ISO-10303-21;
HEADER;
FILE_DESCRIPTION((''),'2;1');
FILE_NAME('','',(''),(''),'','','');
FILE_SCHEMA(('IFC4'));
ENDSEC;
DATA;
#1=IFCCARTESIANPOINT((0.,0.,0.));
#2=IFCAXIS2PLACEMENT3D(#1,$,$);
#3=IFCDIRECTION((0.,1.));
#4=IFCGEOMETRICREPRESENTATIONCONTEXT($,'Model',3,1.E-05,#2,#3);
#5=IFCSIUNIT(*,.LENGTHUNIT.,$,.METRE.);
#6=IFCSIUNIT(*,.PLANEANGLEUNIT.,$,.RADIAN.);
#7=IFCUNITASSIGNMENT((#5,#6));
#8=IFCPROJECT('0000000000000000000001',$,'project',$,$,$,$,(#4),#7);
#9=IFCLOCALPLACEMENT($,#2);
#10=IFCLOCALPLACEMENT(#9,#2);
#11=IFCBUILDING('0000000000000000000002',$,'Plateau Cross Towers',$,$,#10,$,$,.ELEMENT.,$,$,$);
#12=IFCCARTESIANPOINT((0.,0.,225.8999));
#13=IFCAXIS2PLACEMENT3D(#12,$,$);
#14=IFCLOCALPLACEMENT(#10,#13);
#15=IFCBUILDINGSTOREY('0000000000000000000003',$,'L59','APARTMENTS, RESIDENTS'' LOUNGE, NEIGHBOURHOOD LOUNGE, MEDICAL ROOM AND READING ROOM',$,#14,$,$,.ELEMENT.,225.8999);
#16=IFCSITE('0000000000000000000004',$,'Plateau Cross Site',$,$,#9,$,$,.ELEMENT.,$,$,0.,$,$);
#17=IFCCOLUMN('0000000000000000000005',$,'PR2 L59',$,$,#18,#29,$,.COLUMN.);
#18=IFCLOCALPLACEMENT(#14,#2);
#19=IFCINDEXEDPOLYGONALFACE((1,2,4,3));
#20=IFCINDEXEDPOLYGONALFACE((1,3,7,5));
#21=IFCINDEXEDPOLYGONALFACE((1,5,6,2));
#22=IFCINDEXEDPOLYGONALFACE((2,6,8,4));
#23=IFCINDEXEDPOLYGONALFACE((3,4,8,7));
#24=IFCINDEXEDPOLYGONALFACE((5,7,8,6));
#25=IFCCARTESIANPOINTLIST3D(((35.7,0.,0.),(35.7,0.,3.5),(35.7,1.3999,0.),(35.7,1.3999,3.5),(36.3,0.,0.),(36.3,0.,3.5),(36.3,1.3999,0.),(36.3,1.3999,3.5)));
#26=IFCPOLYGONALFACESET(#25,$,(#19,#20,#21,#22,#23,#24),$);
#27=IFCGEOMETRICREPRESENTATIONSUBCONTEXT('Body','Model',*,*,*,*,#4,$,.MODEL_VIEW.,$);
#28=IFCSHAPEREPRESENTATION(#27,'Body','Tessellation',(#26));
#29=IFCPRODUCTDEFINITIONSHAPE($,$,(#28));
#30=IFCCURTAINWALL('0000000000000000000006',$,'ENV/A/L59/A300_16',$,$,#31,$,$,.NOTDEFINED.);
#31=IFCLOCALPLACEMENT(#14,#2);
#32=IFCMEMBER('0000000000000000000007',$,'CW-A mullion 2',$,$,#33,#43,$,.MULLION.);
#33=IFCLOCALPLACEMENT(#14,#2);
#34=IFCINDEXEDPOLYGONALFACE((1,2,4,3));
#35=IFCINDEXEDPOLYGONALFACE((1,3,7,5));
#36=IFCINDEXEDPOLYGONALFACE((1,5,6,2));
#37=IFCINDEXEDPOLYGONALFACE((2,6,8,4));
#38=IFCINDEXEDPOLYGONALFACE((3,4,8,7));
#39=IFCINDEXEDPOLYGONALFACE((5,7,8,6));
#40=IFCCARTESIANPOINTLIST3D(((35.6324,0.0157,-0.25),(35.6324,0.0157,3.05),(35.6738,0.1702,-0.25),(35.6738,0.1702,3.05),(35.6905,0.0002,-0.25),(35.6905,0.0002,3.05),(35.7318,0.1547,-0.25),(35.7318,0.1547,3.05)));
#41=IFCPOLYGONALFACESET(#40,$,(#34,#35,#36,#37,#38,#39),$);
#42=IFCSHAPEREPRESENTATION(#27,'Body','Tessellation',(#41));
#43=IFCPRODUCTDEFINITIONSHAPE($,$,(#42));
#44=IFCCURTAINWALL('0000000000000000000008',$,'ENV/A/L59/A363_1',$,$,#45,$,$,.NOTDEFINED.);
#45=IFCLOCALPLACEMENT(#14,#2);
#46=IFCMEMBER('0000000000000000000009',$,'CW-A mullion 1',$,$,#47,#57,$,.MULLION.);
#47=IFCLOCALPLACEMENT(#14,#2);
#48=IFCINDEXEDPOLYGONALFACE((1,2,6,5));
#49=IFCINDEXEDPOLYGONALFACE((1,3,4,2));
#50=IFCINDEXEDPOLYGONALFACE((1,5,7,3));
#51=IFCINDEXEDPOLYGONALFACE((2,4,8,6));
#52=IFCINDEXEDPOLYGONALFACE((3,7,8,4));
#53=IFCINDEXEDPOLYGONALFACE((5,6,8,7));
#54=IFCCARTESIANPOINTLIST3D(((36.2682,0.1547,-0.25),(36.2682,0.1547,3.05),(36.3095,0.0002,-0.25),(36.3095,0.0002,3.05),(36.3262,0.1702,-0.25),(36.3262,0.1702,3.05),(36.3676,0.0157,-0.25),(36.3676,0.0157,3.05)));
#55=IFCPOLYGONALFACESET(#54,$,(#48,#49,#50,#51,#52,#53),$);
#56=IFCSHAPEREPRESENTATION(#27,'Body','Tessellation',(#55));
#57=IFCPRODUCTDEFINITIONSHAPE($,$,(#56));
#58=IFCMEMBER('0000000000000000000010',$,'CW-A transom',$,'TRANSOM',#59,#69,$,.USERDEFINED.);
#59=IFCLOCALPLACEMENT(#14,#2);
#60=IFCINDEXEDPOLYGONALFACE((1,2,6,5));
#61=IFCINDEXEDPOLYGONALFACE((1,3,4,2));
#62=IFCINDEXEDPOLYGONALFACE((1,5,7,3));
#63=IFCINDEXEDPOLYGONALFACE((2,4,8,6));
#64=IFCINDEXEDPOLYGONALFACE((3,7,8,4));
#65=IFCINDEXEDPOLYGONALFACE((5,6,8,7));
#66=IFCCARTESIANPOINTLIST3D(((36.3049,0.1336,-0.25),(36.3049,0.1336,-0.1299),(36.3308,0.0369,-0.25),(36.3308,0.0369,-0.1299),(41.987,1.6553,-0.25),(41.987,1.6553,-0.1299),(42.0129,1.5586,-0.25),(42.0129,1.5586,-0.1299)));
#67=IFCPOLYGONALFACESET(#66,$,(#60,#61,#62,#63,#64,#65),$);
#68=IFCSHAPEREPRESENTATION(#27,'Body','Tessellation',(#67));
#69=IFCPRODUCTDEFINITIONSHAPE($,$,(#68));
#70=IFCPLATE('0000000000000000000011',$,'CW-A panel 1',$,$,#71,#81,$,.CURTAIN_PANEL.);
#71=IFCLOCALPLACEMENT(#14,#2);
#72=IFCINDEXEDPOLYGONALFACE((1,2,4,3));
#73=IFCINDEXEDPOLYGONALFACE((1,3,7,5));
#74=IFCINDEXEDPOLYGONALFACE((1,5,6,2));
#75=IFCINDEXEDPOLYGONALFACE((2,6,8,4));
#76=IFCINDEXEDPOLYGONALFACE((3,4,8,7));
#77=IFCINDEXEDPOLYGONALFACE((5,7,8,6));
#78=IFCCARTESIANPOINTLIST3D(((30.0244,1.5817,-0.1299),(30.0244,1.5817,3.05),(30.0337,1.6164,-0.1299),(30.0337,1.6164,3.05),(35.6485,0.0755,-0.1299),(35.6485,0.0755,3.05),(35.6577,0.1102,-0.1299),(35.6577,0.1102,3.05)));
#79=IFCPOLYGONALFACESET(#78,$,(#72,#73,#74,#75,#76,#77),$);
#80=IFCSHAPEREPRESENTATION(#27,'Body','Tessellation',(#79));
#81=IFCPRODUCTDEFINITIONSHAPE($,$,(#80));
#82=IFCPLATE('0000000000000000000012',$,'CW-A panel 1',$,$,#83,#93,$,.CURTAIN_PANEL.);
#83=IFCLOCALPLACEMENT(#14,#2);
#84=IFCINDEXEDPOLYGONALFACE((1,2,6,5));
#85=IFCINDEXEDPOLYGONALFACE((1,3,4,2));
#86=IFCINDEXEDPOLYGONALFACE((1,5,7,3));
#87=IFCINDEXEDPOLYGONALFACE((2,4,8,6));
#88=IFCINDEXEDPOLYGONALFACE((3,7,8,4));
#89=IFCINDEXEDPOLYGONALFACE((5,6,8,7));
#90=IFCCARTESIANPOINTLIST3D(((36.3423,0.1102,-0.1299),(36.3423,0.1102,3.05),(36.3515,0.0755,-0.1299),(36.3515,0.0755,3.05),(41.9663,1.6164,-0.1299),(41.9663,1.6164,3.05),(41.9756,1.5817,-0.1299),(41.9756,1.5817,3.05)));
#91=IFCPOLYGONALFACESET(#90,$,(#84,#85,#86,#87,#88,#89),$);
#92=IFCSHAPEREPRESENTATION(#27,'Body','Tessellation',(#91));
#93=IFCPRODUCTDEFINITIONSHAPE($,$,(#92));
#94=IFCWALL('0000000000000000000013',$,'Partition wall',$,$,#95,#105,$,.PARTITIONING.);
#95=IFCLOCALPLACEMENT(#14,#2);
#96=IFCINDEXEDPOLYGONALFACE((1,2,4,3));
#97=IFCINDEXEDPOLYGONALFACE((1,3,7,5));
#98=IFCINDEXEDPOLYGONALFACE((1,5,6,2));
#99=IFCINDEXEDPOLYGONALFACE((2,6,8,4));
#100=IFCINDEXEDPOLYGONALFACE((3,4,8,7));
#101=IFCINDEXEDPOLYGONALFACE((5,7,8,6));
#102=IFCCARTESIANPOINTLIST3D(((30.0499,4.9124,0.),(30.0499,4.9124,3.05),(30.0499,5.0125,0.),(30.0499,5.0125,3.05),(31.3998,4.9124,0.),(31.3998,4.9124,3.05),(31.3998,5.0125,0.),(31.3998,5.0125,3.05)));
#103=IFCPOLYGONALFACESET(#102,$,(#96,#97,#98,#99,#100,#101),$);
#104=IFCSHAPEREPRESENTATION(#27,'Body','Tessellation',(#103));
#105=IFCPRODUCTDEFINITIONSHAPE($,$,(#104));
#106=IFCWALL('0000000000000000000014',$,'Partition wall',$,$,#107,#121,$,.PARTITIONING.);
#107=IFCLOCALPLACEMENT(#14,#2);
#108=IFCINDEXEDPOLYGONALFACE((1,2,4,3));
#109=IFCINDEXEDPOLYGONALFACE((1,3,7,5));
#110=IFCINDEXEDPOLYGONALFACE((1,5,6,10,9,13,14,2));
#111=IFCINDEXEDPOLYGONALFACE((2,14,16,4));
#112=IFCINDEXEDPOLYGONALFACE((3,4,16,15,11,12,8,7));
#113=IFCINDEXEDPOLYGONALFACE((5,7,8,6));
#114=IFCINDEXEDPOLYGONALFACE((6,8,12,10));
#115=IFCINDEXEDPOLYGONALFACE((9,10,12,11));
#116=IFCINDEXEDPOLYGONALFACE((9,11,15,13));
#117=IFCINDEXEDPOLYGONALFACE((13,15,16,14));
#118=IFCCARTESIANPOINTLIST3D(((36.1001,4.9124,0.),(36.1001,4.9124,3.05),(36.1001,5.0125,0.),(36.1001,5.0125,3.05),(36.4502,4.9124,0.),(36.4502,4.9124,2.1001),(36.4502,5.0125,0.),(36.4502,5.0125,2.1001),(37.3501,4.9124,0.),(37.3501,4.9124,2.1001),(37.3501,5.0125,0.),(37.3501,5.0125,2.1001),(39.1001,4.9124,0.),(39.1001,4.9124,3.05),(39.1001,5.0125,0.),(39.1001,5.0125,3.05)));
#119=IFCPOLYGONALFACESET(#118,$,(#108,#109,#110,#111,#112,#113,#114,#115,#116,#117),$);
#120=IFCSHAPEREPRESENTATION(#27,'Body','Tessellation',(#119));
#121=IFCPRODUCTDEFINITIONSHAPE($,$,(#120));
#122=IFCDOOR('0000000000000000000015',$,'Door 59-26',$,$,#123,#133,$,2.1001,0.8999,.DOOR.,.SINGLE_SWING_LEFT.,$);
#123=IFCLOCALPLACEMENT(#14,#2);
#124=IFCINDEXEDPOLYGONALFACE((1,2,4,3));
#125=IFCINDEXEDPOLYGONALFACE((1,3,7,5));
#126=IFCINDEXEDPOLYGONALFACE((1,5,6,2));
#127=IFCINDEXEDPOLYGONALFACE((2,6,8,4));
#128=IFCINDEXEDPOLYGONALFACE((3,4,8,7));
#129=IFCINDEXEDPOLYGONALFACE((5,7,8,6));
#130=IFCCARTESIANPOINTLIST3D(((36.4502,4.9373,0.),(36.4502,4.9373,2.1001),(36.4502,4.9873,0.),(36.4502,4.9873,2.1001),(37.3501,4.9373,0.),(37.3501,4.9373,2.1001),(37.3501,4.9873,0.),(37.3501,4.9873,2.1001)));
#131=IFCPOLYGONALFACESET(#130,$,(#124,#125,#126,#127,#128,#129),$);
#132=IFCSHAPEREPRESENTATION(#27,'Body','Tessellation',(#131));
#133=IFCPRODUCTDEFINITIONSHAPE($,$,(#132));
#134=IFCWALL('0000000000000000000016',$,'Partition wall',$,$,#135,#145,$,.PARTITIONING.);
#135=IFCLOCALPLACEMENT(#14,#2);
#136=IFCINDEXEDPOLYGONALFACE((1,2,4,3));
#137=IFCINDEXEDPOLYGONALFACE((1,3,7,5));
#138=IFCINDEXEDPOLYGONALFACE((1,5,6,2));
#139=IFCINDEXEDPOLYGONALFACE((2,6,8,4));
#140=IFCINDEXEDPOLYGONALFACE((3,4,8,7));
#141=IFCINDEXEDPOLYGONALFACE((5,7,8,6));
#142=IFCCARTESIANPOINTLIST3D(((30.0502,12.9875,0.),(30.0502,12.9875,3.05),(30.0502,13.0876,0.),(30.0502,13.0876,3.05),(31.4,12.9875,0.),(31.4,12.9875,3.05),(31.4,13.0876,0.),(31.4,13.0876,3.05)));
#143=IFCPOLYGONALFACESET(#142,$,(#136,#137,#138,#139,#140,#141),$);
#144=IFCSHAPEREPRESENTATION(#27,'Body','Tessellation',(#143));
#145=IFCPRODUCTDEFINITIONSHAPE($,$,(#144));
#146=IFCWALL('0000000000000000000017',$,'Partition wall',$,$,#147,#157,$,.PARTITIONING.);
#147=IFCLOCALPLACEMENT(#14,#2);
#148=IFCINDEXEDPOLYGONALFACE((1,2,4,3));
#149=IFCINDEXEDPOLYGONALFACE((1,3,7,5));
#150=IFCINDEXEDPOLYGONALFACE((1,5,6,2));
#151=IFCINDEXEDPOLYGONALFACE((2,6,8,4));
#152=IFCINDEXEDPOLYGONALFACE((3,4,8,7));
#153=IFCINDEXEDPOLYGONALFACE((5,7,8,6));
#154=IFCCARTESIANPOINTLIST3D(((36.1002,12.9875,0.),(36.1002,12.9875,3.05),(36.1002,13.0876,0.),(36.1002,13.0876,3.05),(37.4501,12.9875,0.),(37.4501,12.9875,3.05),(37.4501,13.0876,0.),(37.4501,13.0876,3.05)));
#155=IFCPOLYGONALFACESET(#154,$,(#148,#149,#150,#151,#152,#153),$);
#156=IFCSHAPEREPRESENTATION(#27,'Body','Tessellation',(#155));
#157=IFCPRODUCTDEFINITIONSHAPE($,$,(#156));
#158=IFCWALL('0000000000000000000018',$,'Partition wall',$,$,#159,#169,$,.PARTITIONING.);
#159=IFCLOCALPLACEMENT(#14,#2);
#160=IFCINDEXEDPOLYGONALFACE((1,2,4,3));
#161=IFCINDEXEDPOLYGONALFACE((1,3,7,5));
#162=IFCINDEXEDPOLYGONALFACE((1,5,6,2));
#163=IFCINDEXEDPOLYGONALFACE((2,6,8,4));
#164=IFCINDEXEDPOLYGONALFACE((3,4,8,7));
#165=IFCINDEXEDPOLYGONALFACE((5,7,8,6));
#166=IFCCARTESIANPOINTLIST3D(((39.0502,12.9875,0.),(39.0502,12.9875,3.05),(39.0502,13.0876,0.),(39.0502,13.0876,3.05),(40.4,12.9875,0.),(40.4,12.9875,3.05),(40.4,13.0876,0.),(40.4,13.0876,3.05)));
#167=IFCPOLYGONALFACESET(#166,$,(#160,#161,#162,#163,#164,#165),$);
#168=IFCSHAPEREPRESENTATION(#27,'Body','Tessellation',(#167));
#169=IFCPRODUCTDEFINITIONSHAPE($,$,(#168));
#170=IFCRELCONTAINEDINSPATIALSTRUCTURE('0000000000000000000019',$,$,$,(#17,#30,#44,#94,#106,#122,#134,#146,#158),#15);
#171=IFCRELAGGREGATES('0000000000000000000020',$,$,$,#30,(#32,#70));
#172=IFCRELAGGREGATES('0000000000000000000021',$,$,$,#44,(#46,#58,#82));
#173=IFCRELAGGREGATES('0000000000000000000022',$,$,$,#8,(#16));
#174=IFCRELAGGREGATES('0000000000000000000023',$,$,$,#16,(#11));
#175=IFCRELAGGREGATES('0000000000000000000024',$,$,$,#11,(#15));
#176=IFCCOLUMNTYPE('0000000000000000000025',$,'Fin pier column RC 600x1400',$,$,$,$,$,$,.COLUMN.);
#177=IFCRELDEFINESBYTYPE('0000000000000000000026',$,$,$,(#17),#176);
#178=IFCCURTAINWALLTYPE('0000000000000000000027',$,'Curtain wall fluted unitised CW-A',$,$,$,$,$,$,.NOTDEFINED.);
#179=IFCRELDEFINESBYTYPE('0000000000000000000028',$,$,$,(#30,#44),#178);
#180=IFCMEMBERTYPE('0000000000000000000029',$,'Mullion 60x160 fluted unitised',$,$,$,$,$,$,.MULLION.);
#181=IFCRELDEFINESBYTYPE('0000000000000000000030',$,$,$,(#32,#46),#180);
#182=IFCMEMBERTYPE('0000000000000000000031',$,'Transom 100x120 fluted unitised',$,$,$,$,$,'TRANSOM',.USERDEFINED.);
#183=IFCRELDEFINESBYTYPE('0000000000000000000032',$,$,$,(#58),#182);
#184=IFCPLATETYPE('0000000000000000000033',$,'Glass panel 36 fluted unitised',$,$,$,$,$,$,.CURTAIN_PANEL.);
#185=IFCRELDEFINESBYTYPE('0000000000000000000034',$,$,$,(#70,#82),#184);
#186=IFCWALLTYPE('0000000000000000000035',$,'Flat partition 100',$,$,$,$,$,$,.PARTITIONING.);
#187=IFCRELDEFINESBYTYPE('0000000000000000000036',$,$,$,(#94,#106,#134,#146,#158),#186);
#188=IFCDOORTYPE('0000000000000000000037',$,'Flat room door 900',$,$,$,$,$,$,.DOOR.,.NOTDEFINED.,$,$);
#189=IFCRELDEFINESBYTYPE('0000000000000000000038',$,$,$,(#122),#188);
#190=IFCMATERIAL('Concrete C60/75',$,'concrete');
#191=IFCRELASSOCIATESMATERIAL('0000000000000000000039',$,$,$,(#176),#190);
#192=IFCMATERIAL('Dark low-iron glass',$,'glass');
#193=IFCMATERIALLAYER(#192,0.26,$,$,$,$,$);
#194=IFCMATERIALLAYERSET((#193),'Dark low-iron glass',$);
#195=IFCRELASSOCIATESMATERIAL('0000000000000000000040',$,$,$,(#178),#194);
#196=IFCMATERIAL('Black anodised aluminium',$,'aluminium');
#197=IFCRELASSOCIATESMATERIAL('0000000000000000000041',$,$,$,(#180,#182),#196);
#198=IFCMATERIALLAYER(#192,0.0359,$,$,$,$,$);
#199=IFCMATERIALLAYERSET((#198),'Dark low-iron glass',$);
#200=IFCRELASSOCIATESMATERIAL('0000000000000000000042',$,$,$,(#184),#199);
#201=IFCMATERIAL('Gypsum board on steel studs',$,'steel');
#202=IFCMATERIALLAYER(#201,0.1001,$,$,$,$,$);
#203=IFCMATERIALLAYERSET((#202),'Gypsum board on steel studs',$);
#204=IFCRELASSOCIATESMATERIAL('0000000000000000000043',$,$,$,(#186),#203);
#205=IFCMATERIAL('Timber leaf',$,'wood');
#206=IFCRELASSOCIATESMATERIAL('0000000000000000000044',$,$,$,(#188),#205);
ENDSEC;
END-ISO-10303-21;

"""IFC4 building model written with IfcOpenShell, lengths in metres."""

from ifc_helpers import new_model, si_unit, direction, frame, frame_2d, origin, origin_2d, place, context, subcontext, project, spatial, rectangle, extrude, material, layer, layer_set, material_profile, profile_set, type_object, element, fill, aggregate, save


model = new_model("IFC4")

# Units and contexts
model_context = context("Model", 3, precision=1e-05, world=origin(), true_north=direction((0.0, 1.0)))
body_context = subcontext(model_context, "Body", "Model", "MODEL_VIEW")
ifc_project = project(units=[si_unit("LENGTHUNIT", "METRE"), si_unit("PLANEANGLEUNIT", "RADIAN")], contexts=[model_context])

# Site, building, storey
site_placement = place(None, origin())
site = spatial("IfcSite", under=ifc_project, at=site_placement, Name="Plateau Cross Site", CompositionType="ELEMENT", RefElevation=0.0)
building_placement = place(site_placement, origin())
building = spatial("IfcBuilding", under=site, at=building_placement, Name="Plateau Cross Towers", CompositionType="ELEMENT")
storey_placement = place(building_placement, frame((0.0, 0.0, 225.8999)))
storey = spatial("IfcBuildingStorey", under=building, at=storey_placement, Name="L59", Description="APARTMENTS, RESIDENTS' LOUNGE, NEIGHBOURHOOD LOUNGE, MEDICAL ROOM AND READING ROOM", CompositionType="ELEMENT", Elevation=225.8999)

# Column
ifc_material_1 = material(Name="Concrete C60/75", Category="concrete")
ifc_material_profile_1 = material_profile(ifc_material_1, rectangle(XDim=0.6001, YDim=1.3999, at=origin_2d()), Name="RC 600x1400")
ifc_profile_set_1 = profile_set([ifc_material_profile_1], Name="Concrete C60/75")
column_type = type_object("IfcColumnType", Name="Fin pier column RC 600x1400", PredefinedType="COLUMN", material=ifc_profile_set_1)
column_placement = place(storey_placement, frame((36.0, 0.7, 0.0), z_axis=(0.0, 0.0, 1.0), x_axis=(1.0, 0.0, 0.0)))
element("IfcColumn", 1, at=column_placement, inside=storey, type_object=column_type, Name="PR2 L59", PredefinedType="COLUMN", context=body_context, shape_type="SweptSolid", body=[
    extrude(rectangle(XDim=0.6001, YDim=1.3999, at=origin_2d()), origin(), (0.0, 0.0, 1.0), 3.5),
])

# Curtain wall, member
ifc_material_2 = material(Name="Dark low-iron glass", Category="glass")
ifc_layer_1 = layer(ifc_material_2, 0.26)
ifc_layer_set_1 = layer_set([ifc_layer_1], Name="Dark low-iron glass")
curtain_wall_type = type_object("IfcCurtainWallType", Name="Curtain wall fluted unitised CW-A", PredefinedType="NOTDEFINED", material=ifc_layer_set_1)
curtain_wall_1_placement = place(storey_placement, origin())
curtain_wall_1 = element("IfcCurtainWall", 2, at=curtain_wall_1_placement, inside=storey, type_object=curtain_wall_type, Name="ENV/A/L59/A300_16", PredefinedType="NOTDEFINED")
ifc_material_3 = material(Name="Black anodised aluminium", Category="aluminium")
ifc_material_profile_2 = material_profile(ifc_material_3, rectangle(XDim=0.0601, YDim=0.1599, at=origin_2d()), Name="MULLION 60x160")
ifc_profile_set_2 = profile_set([ifc_material_profile_2], Name="Black anodised aluminium")
member_type_1 = type_object("IfcMemberType", Name="Mullion 60x160 fluted unitised", PredefinedType="MULLION", material=ifc_profile_set_2)
member_1_placement = place(storey_placement, frame((35.6821, 0.0852, -0.25), z_axis=(0.0, 0.0, 1.0), x_axis=(0.965958, -0.258699, 0.0)))
member_1 = element("IfcMember", 3, at=member_1_placement, type_object=member_type_1, Name="CW-A mullion 2", PredefinedType="MULLION", context=body_context, shape_type="SweptSolid", body=[
    extrude(rectangle(XDim=0.0601, YDim=0.1599, at=origin_2d()), origin(), (0.0, 0.0, 1.0), 3.3),
])

# Curtain wall, members
curtain_wall_2_placement = place(storey_placement, origin())
curtain_wall_2 = element("IfcCurtainWall", 4, at=curtain_wall_2_placement, inside=storey, type_object=curtain_wall_type, Name="ENV/A/L59/A363_1", PredefinedType="NOTDEFINED")
member_2_placement = place(storey_placement, frame((36.3179, 0.0852, -0.25), z_axis=(0.0, 0.0, 1.0), x_axis=(0.965958, 0.258699, 0.0)))
member_2 = element("IfcMember", 5, at=member_2_placement, type_object=member_type_1, Name="CW-A mullion 1", PredefinedType="MULLION", context=body_context, shape_type="SweptSolid", body=[
    extrude(rectangle(XDim=0.0601, YDim=0.1599, at=origin_2d()), origin(), (0.0, 0.0, 1.0), 3.3),
])
ifc_material_profile_3 = material_profile(ifc_material_3, rectangle(XDim=0.1001, YDim=0.1201, at=origin_2d()), Name="TRANSOM 100x120")
ifc_profile_set_3 = profile_set([ifc_material_profile_3], Name="Black anodised aluminium")
member_type_2 = type_object("IfcMemberType", Name="Transom 100x120 fluted unitised", ElementType="TRANSOM", PredefinedType="USERDEFINED", material=ifc_profile_set_3)
member_3_placement = place(storey_placement, frame((36.3179, 0.0852, -0.1899), z_axis=(0.96596, 0.258693, 0.0), x_axis=(-0.258693, 0.96596, 0.0)))
member_3 = element("IfcMember", 6, at=member_3_placement, type_object=member_type_2, Name="CW-A transom", ObjectType="TRANSOM", PredefinedType="USERDEFINED", context=body_context, shape_type="SweptSolid", body=[
    extrude(rectangle(XDim=0.1001, YDim=0.1201, at=origin_2d()), origin(), (0.0, 0.0, 1.0), 5.8823),
])

# Plates
ifc_layer_2 = layer(ifc_material_2, 0.0359)
ifc_layer_set_2 = layer_set([ifc_layer_2], Name="Dark low-iron glass")
plate_type = type_object("IfcPlateType", Name="Glass panel 36 fluted unitised", PredefinedType="CURTAIN_PANEL", material=ifc_layer_set_2)
plate_1_placement = place(storey_placement, frame((32.8411, 0.8459, -0.1299), z_axis=(0.0, 0.0, 1.0), x_axis=(0.965958, -0.258699, 0.0)))
plate_1 = element("IfcPlate", 7, at=plate_1_placement, type_object=plate_type, Name="CW-A panel 1", PredefinedType="CURTAIN_PANEL", context=body_context, shape_type="SweptSolid", body=[
    extrude(rectangle(XDim=5.8223, YDim=0.0359, at=origin_2d()), origin(), (0.0, 0.0, 1.0), 3.1799),
])
aggregate(curtain_wall_1, [member_1, plate_1])
plate_2_placement = place(storey_placement, frame((39.1589, 0.8459, -0.1299), z_axis=(0.0, 0.0, 1.0), x_axis=(0.965958, 0.258699, 0.0)))
plate_2 = element("IfcPlate", 8, at=plate_2_placement, type_object=plate_type, Name="CW-A panel 1", PredefinedType="CURTAIN_PANEL", context=body_context, shape_type="SweptSolid", body=[
    extrude(rectangle(XDim=5.8223, YDim=0.0359, at=origin_2d()), origin(), (0.0, 0.0, 1.0), 3.1799),
])
aggregate(curtain_wall_2, [member_2, member_3, plate_2])

# Wall
ifc_material_4 = material(Name="Gypsum board on steel studs", Category="steel")
ifc_layer_3 = layer(ifc_material_4, 0.1001)
ifc_layer_set_3 = layer_set([ifc_layer_3], Name="Gypsum board on steel studs")
wall_type_1 = type_object("IfcWallType", Name="Flat partition 100", PredefinedType="PARTITIONING", material=ifc_layer_set_3)
wall_1_placement = place(storey_placement, frame((30.05, 4.9624, 0.0), z_axis=(0.0, 0.0, 1.0), x_axis=(1.0, 0.0, 0.0)))
element("IfcWall", 9, at=wall_1_placement, inside=storey, type_object=wall_type_1, Name="Partition wall", PredefinedType="PARTITIONING", context=body_context, shape_type="SweptSolid", body=[
    extrude(rectangle(XDim=1.3499, YDim=0.1001, at=frame_2d((0.6748, 0.0))), origin(), (0.0, 0.0, 1.0), 3.05),
])

# Wall, opening, door
wall_2_placement = place(storey_placement, frame((36.1001, 4.9624, 0.0), z_axis=(0.0, 0.0, 1.0), x_axis=(1.0, 0.0, 0.0)))
wall_2 = element("IfcWall", 10, at=wall_2_placement, inside=storey, type_object=wall_type_1, Name="Partition wall", PredefinedType="PARTITIONING", context=body_context, shape_type="SweptSolid", body=[
    extrude(rectangle(XDim=3.0, YDim=0.1001, at=frame_2d((1.5, 0.0))), origin(), (0.0, 0.0, 1.0), 3.05),
])
opening_1_placement = place(wall_2_placement, frame((0.3501, 0.0, 0.0)))
opening_1 = element("IfcOpeningElement", 11, at=opening_1_placement, cuts=wall_2, PredefinedType="OPENING", context=body_context, shape_type="SweptSolid", body=[
    extrude(rectangle(XDim=0.8999, YDim=2.1001, at=frame_2d((0.45, 1.05))), frame((0.0, 0.0601, 0.0), z_axis=(0.0, -1.0, 0.0), x_axis=(1.0, 0.0, 0.0)), (0.0, 0.0, 1.0), 0.1201),
])
ifc_material_5 = material(Name="Timber leaf", Category="wood")
door_type_1 = type_object("IfcDoorType", Name="Flat room door 900", OperationType="NOTDEFINED", PredefinedType="DOOR", material=ifc_material_5)
door_1_placement = place(opening_1_placement, origin())
door_1 = element("IfcDoor", 12, at=door_1_placement, inside=storey, type_object=door_type_1, Name="Door 59-26", OperationType="SINGLE_SWING_LEFT", OverallHeight=2.1001, OverallWidth=0.8999, PredefinedType="DOOR", context=body_context, shape_type="SweptSolid", body=[
    extrude(rectangle(XDim=0.8999, YDim=2.1001, at=frame_2d((0.45, 1.05))), frame((0.0, 0.0249, 0.0), z_axis=(0.0, -1.0, 0.0), x_axis=(1.0, 0.0, 0.0)), (0.0, 0.0, 1.0), 0.05),
])
fill(opening_1, door_1)

# Walls
for number, where, z_axis, x_axis, name in (
    (13, (31.3999, 13.0376, 0.0), (0.0, 0.0, 1.0), (-1.0, 0.0, 0.0), "Partition wall"),
    (14, (37.45, 13.0376, 0.0), (0.0, 0.0, 1.0), (-1.0, 0.0, 0.0), "Partition wall"),
    (15, (40.3999, 13.0376, 0.0), (0.0, 0.0, 1.0), (-1.0, 0.0, 0.0), "Partition wall"),
):
    element("IfcWall", number, at=place(storey_placement, frame(where, z_axis=z_axis, x_axis=x_axis)), inside=storey, type_object=wall_type_1, Name=name, PredefinedType="PARTITIONING", context=body_context, shape_type="SweptSolid", body=[
        extrude(rectangle(XDim=1.3499, YDim=0.1001, at=frame_2d((0.6748, 0.0))), origin(), (0.0, 0.0, 1.0), 3.05),
    ])

save(model, "model.ifc")
